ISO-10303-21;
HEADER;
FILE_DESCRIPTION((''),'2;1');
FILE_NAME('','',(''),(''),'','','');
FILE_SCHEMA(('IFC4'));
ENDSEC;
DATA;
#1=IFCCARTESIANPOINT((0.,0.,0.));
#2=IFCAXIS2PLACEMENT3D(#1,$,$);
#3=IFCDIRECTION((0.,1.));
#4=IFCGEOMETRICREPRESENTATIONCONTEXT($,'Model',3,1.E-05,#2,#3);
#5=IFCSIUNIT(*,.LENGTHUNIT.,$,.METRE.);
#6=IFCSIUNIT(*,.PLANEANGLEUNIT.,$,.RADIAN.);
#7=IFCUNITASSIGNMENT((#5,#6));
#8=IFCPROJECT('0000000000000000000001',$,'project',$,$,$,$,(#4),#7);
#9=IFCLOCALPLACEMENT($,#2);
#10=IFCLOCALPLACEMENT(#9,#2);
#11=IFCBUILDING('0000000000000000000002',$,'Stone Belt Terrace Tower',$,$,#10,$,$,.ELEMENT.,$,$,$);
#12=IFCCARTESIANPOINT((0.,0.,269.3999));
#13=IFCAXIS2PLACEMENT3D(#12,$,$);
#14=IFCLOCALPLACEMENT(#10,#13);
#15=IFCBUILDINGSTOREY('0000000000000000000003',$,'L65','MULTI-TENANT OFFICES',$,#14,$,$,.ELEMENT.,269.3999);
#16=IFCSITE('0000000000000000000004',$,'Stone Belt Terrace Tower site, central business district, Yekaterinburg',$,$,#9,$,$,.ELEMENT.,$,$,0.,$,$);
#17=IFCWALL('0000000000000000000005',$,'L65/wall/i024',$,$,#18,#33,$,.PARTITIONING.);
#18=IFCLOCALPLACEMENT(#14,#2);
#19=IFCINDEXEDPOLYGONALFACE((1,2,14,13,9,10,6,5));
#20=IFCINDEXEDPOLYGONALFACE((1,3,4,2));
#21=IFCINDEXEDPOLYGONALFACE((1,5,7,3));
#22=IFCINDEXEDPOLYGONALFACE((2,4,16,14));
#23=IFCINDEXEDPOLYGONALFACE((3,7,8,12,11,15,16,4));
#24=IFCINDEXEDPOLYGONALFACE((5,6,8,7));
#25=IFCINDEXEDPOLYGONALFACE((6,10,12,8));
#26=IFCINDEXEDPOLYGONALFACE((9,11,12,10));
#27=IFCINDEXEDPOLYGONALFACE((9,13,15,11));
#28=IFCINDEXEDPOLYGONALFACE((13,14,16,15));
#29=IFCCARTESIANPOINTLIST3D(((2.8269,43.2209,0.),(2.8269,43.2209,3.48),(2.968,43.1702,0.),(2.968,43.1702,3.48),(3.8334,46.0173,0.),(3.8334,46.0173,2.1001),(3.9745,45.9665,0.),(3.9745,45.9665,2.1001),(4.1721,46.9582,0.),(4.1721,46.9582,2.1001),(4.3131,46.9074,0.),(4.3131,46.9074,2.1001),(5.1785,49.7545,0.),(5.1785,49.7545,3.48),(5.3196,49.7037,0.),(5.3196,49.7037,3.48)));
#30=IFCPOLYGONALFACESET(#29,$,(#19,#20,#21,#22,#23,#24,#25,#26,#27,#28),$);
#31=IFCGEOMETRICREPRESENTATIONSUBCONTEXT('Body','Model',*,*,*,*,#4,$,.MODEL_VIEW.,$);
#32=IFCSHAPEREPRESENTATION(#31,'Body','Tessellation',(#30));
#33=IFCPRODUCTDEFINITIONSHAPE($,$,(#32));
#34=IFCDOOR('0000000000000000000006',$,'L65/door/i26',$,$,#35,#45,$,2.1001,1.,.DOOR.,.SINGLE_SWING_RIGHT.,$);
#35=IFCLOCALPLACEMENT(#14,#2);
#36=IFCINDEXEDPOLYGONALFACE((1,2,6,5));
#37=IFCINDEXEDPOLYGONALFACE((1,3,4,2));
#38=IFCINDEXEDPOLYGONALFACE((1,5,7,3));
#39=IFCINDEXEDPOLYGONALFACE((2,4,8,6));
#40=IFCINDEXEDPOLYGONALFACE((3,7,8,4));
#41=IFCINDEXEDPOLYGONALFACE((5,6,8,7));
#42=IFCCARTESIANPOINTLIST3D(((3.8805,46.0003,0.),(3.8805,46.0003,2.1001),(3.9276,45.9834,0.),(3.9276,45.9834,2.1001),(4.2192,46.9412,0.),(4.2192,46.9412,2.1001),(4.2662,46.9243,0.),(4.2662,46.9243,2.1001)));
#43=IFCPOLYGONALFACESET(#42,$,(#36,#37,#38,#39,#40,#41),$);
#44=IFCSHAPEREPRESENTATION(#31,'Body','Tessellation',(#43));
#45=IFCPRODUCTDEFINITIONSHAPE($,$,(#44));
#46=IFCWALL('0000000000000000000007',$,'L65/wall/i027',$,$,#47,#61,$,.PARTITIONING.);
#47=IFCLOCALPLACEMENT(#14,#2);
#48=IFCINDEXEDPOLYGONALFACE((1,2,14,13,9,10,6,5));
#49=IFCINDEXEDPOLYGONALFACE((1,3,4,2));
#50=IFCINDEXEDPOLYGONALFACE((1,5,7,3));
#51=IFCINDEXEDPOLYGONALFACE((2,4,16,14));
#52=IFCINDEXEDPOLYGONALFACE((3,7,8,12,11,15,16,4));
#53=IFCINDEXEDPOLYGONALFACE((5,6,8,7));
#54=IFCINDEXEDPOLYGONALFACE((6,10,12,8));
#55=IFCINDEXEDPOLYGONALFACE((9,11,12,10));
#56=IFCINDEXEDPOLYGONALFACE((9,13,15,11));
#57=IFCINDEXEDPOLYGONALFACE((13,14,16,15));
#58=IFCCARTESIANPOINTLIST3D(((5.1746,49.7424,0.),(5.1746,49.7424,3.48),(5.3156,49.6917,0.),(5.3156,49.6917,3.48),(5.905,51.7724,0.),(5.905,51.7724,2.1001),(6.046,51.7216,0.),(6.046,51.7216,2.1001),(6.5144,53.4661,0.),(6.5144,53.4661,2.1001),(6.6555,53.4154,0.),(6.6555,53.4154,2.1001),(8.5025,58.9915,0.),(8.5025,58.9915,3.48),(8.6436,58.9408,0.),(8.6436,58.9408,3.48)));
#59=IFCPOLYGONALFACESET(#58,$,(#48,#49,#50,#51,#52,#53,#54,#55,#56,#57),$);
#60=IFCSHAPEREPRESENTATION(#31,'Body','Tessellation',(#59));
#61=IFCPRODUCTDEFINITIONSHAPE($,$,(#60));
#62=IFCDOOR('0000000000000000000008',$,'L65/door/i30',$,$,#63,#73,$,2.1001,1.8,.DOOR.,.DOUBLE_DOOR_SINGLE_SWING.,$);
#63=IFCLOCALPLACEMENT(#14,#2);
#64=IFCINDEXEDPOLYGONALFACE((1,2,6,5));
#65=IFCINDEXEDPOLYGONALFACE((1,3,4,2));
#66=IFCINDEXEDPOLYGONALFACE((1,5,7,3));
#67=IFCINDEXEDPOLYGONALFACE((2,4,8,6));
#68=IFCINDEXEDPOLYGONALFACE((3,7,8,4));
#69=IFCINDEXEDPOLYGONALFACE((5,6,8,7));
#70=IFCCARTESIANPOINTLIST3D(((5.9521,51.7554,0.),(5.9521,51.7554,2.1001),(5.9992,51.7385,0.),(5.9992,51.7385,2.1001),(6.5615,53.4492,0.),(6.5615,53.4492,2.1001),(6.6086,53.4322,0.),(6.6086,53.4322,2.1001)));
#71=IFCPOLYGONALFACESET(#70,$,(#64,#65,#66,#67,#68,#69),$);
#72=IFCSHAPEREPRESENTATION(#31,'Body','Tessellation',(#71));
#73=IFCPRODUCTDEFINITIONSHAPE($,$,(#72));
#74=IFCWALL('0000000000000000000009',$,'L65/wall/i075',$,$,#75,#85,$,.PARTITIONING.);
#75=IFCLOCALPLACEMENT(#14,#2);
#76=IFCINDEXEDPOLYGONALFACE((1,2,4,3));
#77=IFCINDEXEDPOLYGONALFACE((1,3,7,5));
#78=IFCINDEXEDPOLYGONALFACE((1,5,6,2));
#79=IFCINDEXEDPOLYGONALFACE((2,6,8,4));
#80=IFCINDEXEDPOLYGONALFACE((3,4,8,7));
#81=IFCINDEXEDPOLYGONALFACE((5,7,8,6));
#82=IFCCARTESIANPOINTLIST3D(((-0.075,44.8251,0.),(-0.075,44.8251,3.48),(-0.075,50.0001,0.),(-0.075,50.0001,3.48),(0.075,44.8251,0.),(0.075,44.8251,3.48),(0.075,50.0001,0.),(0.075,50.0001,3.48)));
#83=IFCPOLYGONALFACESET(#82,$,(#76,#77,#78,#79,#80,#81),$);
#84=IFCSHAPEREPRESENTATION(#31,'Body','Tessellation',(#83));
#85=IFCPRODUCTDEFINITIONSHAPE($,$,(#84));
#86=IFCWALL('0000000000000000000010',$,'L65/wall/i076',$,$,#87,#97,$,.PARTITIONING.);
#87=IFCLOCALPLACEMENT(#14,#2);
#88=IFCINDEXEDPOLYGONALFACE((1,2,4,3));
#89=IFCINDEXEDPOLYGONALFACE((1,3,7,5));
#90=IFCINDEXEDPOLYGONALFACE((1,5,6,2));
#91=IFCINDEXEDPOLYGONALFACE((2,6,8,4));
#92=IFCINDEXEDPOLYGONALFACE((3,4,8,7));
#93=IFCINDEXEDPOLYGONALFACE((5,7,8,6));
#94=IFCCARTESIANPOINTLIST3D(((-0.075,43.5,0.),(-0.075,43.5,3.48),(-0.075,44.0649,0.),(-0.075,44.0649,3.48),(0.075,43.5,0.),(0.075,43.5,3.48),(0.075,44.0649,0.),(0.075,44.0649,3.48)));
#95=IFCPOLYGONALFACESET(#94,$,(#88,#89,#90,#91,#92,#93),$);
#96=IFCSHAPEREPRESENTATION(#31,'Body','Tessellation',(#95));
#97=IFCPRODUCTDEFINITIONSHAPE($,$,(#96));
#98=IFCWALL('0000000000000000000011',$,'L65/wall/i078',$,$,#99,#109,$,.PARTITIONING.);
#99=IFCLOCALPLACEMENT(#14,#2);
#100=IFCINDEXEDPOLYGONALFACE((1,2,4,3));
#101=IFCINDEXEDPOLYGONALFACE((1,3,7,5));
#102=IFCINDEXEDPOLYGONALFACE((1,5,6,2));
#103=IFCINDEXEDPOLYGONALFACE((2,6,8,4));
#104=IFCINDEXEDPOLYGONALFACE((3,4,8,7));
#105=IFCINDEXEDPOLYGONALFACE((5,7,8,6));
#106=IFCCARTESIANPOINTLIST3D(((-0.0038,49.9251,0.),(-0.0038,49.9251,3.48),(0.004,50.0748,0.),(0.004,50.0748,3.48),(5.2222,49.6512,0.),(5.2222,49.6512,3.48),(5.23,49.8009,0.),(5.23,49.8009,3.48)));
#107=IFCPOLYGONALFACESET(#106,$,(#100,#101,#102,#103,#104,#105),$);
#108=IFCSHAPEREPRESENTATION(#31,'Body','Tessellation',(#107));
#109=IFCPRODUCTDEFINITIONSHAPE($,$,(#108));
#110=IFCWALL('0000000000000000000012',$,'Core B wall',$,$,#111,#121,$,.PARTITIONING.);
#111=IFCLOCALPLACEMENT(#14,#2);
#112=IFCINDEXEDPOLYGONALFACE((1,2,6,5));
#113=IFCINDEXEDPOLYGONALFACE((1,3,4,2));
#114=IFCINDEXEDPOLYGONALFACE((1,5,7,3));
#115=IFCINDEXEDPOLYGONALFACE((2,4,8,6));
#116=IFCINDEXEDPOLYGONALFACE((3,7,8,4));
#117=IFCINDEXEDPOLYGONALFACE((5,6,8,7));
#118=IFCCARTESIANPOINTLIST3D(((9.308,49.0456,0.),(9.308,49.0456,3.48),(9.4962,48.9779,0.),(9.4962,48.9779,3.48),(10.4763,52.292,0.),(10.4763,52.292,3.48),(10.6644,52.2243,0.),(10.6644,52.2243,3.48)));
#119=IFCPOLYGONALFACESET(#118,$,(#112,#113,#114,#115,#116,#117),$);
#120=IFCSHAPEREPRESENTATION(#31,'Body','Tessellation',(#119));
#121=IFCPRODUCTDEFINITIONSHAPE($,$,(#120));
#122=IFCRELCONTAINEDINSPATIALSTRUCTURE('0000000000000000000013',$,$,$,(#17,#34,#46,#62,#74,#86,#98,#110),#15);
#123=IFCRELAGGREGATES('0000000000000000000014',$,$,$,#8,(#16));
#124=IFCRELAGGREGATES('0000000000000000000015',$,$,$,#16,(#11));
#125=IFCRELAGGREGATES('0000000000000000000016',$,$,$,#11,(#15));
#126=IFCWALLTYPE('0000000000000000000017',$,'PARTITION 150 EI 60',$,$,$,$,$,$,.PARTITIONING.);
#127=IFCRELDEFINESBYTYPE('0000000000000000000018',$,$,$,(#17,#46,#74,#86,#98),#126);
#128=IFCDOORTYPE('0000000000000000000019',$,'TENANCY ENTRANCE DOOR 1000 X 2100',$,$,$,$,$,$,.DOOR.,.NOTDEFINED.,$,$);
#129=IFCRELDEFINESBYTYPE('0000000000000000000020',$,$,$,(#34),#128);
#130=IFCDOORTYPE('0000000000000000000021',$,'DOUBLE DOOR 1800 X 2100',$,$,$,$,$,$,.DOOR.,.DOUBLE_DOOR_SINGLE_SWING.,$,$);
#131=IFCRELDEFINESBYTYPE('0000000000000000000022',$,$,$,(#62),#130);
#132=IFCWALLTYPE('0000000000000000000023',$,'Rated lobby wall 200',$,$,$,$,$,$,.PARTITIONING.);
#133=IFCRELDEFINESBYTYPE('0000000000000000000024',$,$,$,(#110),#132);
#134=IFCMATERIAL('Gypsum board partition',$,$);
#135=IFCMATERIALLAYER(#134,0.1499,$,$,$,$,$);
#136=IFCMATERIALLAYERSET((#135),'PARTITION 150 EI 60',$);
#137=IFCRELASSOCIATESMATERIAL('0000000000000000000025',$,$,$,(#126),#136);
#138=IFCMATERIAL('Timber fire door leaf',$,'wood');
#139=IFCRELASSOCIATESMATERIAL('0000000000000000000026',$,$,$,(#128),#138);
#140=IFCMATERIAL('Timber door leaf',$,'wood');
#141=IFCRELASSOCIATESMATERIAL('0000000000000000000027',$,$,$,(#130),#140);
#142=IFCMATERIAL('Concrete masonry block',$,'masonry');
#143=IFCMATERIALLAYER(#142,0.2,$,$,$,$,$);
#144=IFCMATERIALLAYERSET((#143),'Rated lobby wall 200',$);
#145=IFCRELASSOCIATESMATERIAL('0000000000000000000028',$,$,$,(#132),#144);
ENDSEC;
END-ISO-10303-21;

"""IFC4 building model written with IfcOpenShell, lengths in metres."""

from ifc_helpers import new_model, si_unit, direction, frame, frame_2d, origin, place, context, subcontext, project, spatial, rectangle, extrude, material, layer, layer_set, type_object, element, fill, save


model = new_model("IFC4")

# Units and contexts
model_context = context("Model", 3, precision=1e-05, world=origin(), true_north=direction((0.0, 1.0)))
body_context = subcontext(model_context, "Body", "Model", "MODEL_VIEW")
ifc_project = project(units=[si_unit("LENGTHUNIT", "METRE"), si_unit("PLANEANGLEUNIT", "RADIAN")], contexts=[model_context])

# Site, building, storey
site_placement = place(None, origin())
site = spatial("IfcSite", under=ifc_project, at=site_placement, Name="Stone Belt Terrace Tower site, central business district, Yekaterinburg", CompositionType="ELEMENT", RefElevation=0.0)
building_placement = place(site_placement, origin())
building = spatial("IfcBuilding", under=site, at=building_placement, Name="Stone Belt Terrace Tower", CompositionType="ELEMENT")
storey_placement = place(building_placement, frame((0.0, 0.0, 269.3999)))
storey = spatial("IfcBuildingStorey", under=building, at=storey_placement, Name="L65", Description="MULTI-TENANT OFFICES", CompositionType="ELEMENT", Elevation=269.3999)

# Shared definitions
ifc_material_1 = material(Name="Timber door leaf", Category="wood")

# Shared definitions
ifc_material_2 = material(Name="Gypsum board partition")
ifc_layer_1 = layer(ifc_material_2, 0.1499)
ifc_layer_set_1 = layer_set([ifc_layer_1], Name="PARTITION 150 EI 60")
wall_type_1 = type_object("IfcWallType", Name="PARTITION 150 EI 60", PredefinedType="PARTITIONING", material=ifc_layer_set_1)

# Walls, openings, doors
wall_1_placement = place(storey_placement, frame((2.8975, 43.1956, 0.0), z_axis=(0.0, 0.0, 1.0), x_axis=(0.338658, 0.940909, 0.0)))
wall_1 = element("IfcWall", 1, at=wall_1_placement, inside=storey, type_object=wall_type_1, Name="L65/wall/i024", PredefinedType="PARTITIONING", context=body_context, shape_type="SweptSolid", body=[
    extrude(rectangle(XDim=6.9438, YDim=0.1499, at=frame_2d((3.4719, 0.0))), origin(), (0.0, 0.0, 1.0), 3.48),
])
opening_1_placement = place(wall_1_placement, frame((2.9719, 0.0, 0.0)))
opening_1 = element("IfcOpeningElement", 2, at=opening_1_placement, cuts=wall_1, PredefinedType="OPENING", context=body_context, shape_type="SweptSolid", body=[
    extrude(rectangle(XDim=1.0, YDim=2.1001, at=frame_2d((0.5, 1.05))), frame((0.0, 0.085, 0.0), z_axis=(0.0, -1.0, 0.0), x_axis=(1.0, 0.0, 0.0)), (0.0, 0.0, 1.0), 0.1699),
])
ifc_material_3 = material(Name="Timber fire door leaf", Category="wood")
door_type_1 = type_object("IfcDoorType", Name="TENANCY ENTRANCE DOOR 1000 X 2100", OperationType="NOTDEFINED", PredefinedType="DOOR", material=ifc_material_3)
door_1_placement = place(opening_1_placement, origin())
door_1 = element("IfcDoor", 3, at=door_1_placement, inside=storey, type_object=door_type_1, Name="L65/door/i26", OperationType="SINGLE_SWING_RIGHT", OverallHeight=2.1001, OverallWidth=1.0, PredefinedType="DOOR", context=body_context, shape_type="SweptSolid", body=[
    extrude(rectangle(XDim=1.0, YDim=2.1001, at=frame_2d((0.5, 1.05))), frame((0.0, 0.0249, 0.0), z_axis=(0.0, -1.0, 0.0), x_axis=(1.0, 0.0, 0.0)), (0.0, 0.0, 1.0), 0.05),
])
fill(opening_1, door_1)
wall_2_placement = place(storey_placement, frame((5.2451, 49.717, 0.0), z_axis=(0.0, 0.0, 1.0), x_axis=(0.33856, 0.940945, 0.0)))
wall_2 = element("IfcWall", 4, at=wall_2_placement, inside=storey, type_object=wall_type_1, Name="L65/wall/i027", PredefinedType="PARTITIONING", context=body_context, shape_type="SweptSolid", body=[
    extrude(rectangle(XDim=9.8296, YDim=0.1499, at=frame_2d((4.9148, 0.0))), origin(), (0.0, 0.0, 1.0), 3.48),
])
opening_2_placement = place(wall_2_placement, frame((2.1575, 0.0, 0.0)))
opening_2 = element("IfcOpeningElement", 5, at=opening_2_placement, cuts=wall_2, PredefinedType="OPENING", context=body_context, shape_type="SweptSolid", body=[
    extrude(rectangle(XDim=1.8, YDim=2.1001, at=frame_2d((0.8999, 1.05))), frame((0.0, 0.085, 0.0), z_axis=(0.0, -1.0, 0.0), x_axis=(1.0, 0.0, 0.0)), (0.0, 0.0, 1.0), 0.1699),
])
door_type_2 = type_object("IfcDoorType", Name="DOUBLE DOOR 1800 X 2100", OperationType="DOUBLE_DOOR_SINGLE_SWING", PredefinedType="DOOR", material=ifc_material_1)
door_2_placement = place(opening_2_placement, origin())
door_2 = element("IfcDoor", 6, at=door_2_placement, inside=storey, type_object=door_type_2, Name="L65/door/i30", OperationType="DOUBLE_DOOR_SINGLE_SWING", OverallHeight=2.1001, OverallWidth=1.8, PredefinedType="DOOR", context=body_context, shape_type="SweptSolid", body=[
    extrude(rectangle(XDim=1.8, YDim=2.1001, at=frame_2d((0.8999, 1.05))), frame((0.0, 0.0249, 0.0), z_axis=(0.0, -1.0, 0.0), x_axis=(1.0, 0.0, 0.0)), (0.0, 0.0, 1.0), 0.05),
])
fill(opening_2, door_2)

# Walls
wall_3_placement = place(storey_placement, frame((0.0, 50.0, 0.0), z_axis=(0.0, 0.0, 1.0), x_axis=(0.0, -1.0, 0.0)))
element("IfcWall", 7, at=wall_3_placement, inside=storey, type_object=wall_type_1, Name="L65/wall/i075", PredefinedType="PARTITIONING", context=body_context, shape_type="SweptSolid", body=[
    extrude(rectangle(XDim=5.175, YDim=0.1499, at=frame_2d((2.5874, 0.0))), origin(), (0.0, 0.0, 1.0), 3.48),
])
wall_4_placement = place(storey_placement, frame((0.0, 44.0649, 0.0), z_axis=(0.0, 0.0, 1.0), x_axis=(0.0, -1.0, 0.0)))
element("IfcWall", 8, at=wall_4_placement, inside=storey, type_object=wall_type_1, Name="L65/wall/i076", PredefinedType="PARTITIONING", context=body_context, shape_type="SweptSolid", body=[
    extrude(rectangle(XDim=0.5649, YDim=0.1499, at=frame_2d((0.2825, 0.0))), origin(), (0.0, 0.0, 1.0), 3.48),
])
wall_5_placement = place(storey_placement, frame((0.0, 50.0, 0.0), z_axis=(0.0, 0.0, 1.0), x_axis=(0.998629, -0.052343, 0.0)))
element("IfcWall", 9, at=wall_5_placement, inside=storey, type_object=wall_type_1, Name="L65/wall/i078", PredefinedType="PARTITIONING", context=body_context, shape_type="SweptSolid", body=[
    extrude(rectangle(XDim=5.2332, YDim=0.1499, at=frame_2d((2.6167, 0.0))), origin(), (0.0, 0.0, 1.0), 3.48),
])
ifc_material_4 = material(Name="Concrete masonry block", Category="masonry")
ifc_layer_2 = layer(ifc_material_4, 0.2)
ifc_layer_set_2 = layer_set([ifc_layer_2], Name="Rated lobby wall 200")
wall_type_2 = type_object("IfcWallType", Name="Rated lobby wall 200", PredefinedType="PARTITIONING", material=ifc_layer_set_2)
wall_6_placement = place(storey_placement, frame((9.4021, 49.0117, 0.0), z_axis=(0.0, 0.0, 1.0), x_axis=(0.338599, 0.940931, 0.0)))
element("IfcWall", 10, at=wall_6_placement, inside=storey, type_object=wall_type_2, Name="Core B wall", PredefinedType="PARTITIONING", context=body_context, shape_type="SweptSolid", body=[
    extrude(rectangle(XDim=3.4502, YDim=0.2, at=frame_2d((1.7251, 0.0))), origin(), (0.0, 0.0, 1.0), 3.48),
])

save(model, "model.ifc")
